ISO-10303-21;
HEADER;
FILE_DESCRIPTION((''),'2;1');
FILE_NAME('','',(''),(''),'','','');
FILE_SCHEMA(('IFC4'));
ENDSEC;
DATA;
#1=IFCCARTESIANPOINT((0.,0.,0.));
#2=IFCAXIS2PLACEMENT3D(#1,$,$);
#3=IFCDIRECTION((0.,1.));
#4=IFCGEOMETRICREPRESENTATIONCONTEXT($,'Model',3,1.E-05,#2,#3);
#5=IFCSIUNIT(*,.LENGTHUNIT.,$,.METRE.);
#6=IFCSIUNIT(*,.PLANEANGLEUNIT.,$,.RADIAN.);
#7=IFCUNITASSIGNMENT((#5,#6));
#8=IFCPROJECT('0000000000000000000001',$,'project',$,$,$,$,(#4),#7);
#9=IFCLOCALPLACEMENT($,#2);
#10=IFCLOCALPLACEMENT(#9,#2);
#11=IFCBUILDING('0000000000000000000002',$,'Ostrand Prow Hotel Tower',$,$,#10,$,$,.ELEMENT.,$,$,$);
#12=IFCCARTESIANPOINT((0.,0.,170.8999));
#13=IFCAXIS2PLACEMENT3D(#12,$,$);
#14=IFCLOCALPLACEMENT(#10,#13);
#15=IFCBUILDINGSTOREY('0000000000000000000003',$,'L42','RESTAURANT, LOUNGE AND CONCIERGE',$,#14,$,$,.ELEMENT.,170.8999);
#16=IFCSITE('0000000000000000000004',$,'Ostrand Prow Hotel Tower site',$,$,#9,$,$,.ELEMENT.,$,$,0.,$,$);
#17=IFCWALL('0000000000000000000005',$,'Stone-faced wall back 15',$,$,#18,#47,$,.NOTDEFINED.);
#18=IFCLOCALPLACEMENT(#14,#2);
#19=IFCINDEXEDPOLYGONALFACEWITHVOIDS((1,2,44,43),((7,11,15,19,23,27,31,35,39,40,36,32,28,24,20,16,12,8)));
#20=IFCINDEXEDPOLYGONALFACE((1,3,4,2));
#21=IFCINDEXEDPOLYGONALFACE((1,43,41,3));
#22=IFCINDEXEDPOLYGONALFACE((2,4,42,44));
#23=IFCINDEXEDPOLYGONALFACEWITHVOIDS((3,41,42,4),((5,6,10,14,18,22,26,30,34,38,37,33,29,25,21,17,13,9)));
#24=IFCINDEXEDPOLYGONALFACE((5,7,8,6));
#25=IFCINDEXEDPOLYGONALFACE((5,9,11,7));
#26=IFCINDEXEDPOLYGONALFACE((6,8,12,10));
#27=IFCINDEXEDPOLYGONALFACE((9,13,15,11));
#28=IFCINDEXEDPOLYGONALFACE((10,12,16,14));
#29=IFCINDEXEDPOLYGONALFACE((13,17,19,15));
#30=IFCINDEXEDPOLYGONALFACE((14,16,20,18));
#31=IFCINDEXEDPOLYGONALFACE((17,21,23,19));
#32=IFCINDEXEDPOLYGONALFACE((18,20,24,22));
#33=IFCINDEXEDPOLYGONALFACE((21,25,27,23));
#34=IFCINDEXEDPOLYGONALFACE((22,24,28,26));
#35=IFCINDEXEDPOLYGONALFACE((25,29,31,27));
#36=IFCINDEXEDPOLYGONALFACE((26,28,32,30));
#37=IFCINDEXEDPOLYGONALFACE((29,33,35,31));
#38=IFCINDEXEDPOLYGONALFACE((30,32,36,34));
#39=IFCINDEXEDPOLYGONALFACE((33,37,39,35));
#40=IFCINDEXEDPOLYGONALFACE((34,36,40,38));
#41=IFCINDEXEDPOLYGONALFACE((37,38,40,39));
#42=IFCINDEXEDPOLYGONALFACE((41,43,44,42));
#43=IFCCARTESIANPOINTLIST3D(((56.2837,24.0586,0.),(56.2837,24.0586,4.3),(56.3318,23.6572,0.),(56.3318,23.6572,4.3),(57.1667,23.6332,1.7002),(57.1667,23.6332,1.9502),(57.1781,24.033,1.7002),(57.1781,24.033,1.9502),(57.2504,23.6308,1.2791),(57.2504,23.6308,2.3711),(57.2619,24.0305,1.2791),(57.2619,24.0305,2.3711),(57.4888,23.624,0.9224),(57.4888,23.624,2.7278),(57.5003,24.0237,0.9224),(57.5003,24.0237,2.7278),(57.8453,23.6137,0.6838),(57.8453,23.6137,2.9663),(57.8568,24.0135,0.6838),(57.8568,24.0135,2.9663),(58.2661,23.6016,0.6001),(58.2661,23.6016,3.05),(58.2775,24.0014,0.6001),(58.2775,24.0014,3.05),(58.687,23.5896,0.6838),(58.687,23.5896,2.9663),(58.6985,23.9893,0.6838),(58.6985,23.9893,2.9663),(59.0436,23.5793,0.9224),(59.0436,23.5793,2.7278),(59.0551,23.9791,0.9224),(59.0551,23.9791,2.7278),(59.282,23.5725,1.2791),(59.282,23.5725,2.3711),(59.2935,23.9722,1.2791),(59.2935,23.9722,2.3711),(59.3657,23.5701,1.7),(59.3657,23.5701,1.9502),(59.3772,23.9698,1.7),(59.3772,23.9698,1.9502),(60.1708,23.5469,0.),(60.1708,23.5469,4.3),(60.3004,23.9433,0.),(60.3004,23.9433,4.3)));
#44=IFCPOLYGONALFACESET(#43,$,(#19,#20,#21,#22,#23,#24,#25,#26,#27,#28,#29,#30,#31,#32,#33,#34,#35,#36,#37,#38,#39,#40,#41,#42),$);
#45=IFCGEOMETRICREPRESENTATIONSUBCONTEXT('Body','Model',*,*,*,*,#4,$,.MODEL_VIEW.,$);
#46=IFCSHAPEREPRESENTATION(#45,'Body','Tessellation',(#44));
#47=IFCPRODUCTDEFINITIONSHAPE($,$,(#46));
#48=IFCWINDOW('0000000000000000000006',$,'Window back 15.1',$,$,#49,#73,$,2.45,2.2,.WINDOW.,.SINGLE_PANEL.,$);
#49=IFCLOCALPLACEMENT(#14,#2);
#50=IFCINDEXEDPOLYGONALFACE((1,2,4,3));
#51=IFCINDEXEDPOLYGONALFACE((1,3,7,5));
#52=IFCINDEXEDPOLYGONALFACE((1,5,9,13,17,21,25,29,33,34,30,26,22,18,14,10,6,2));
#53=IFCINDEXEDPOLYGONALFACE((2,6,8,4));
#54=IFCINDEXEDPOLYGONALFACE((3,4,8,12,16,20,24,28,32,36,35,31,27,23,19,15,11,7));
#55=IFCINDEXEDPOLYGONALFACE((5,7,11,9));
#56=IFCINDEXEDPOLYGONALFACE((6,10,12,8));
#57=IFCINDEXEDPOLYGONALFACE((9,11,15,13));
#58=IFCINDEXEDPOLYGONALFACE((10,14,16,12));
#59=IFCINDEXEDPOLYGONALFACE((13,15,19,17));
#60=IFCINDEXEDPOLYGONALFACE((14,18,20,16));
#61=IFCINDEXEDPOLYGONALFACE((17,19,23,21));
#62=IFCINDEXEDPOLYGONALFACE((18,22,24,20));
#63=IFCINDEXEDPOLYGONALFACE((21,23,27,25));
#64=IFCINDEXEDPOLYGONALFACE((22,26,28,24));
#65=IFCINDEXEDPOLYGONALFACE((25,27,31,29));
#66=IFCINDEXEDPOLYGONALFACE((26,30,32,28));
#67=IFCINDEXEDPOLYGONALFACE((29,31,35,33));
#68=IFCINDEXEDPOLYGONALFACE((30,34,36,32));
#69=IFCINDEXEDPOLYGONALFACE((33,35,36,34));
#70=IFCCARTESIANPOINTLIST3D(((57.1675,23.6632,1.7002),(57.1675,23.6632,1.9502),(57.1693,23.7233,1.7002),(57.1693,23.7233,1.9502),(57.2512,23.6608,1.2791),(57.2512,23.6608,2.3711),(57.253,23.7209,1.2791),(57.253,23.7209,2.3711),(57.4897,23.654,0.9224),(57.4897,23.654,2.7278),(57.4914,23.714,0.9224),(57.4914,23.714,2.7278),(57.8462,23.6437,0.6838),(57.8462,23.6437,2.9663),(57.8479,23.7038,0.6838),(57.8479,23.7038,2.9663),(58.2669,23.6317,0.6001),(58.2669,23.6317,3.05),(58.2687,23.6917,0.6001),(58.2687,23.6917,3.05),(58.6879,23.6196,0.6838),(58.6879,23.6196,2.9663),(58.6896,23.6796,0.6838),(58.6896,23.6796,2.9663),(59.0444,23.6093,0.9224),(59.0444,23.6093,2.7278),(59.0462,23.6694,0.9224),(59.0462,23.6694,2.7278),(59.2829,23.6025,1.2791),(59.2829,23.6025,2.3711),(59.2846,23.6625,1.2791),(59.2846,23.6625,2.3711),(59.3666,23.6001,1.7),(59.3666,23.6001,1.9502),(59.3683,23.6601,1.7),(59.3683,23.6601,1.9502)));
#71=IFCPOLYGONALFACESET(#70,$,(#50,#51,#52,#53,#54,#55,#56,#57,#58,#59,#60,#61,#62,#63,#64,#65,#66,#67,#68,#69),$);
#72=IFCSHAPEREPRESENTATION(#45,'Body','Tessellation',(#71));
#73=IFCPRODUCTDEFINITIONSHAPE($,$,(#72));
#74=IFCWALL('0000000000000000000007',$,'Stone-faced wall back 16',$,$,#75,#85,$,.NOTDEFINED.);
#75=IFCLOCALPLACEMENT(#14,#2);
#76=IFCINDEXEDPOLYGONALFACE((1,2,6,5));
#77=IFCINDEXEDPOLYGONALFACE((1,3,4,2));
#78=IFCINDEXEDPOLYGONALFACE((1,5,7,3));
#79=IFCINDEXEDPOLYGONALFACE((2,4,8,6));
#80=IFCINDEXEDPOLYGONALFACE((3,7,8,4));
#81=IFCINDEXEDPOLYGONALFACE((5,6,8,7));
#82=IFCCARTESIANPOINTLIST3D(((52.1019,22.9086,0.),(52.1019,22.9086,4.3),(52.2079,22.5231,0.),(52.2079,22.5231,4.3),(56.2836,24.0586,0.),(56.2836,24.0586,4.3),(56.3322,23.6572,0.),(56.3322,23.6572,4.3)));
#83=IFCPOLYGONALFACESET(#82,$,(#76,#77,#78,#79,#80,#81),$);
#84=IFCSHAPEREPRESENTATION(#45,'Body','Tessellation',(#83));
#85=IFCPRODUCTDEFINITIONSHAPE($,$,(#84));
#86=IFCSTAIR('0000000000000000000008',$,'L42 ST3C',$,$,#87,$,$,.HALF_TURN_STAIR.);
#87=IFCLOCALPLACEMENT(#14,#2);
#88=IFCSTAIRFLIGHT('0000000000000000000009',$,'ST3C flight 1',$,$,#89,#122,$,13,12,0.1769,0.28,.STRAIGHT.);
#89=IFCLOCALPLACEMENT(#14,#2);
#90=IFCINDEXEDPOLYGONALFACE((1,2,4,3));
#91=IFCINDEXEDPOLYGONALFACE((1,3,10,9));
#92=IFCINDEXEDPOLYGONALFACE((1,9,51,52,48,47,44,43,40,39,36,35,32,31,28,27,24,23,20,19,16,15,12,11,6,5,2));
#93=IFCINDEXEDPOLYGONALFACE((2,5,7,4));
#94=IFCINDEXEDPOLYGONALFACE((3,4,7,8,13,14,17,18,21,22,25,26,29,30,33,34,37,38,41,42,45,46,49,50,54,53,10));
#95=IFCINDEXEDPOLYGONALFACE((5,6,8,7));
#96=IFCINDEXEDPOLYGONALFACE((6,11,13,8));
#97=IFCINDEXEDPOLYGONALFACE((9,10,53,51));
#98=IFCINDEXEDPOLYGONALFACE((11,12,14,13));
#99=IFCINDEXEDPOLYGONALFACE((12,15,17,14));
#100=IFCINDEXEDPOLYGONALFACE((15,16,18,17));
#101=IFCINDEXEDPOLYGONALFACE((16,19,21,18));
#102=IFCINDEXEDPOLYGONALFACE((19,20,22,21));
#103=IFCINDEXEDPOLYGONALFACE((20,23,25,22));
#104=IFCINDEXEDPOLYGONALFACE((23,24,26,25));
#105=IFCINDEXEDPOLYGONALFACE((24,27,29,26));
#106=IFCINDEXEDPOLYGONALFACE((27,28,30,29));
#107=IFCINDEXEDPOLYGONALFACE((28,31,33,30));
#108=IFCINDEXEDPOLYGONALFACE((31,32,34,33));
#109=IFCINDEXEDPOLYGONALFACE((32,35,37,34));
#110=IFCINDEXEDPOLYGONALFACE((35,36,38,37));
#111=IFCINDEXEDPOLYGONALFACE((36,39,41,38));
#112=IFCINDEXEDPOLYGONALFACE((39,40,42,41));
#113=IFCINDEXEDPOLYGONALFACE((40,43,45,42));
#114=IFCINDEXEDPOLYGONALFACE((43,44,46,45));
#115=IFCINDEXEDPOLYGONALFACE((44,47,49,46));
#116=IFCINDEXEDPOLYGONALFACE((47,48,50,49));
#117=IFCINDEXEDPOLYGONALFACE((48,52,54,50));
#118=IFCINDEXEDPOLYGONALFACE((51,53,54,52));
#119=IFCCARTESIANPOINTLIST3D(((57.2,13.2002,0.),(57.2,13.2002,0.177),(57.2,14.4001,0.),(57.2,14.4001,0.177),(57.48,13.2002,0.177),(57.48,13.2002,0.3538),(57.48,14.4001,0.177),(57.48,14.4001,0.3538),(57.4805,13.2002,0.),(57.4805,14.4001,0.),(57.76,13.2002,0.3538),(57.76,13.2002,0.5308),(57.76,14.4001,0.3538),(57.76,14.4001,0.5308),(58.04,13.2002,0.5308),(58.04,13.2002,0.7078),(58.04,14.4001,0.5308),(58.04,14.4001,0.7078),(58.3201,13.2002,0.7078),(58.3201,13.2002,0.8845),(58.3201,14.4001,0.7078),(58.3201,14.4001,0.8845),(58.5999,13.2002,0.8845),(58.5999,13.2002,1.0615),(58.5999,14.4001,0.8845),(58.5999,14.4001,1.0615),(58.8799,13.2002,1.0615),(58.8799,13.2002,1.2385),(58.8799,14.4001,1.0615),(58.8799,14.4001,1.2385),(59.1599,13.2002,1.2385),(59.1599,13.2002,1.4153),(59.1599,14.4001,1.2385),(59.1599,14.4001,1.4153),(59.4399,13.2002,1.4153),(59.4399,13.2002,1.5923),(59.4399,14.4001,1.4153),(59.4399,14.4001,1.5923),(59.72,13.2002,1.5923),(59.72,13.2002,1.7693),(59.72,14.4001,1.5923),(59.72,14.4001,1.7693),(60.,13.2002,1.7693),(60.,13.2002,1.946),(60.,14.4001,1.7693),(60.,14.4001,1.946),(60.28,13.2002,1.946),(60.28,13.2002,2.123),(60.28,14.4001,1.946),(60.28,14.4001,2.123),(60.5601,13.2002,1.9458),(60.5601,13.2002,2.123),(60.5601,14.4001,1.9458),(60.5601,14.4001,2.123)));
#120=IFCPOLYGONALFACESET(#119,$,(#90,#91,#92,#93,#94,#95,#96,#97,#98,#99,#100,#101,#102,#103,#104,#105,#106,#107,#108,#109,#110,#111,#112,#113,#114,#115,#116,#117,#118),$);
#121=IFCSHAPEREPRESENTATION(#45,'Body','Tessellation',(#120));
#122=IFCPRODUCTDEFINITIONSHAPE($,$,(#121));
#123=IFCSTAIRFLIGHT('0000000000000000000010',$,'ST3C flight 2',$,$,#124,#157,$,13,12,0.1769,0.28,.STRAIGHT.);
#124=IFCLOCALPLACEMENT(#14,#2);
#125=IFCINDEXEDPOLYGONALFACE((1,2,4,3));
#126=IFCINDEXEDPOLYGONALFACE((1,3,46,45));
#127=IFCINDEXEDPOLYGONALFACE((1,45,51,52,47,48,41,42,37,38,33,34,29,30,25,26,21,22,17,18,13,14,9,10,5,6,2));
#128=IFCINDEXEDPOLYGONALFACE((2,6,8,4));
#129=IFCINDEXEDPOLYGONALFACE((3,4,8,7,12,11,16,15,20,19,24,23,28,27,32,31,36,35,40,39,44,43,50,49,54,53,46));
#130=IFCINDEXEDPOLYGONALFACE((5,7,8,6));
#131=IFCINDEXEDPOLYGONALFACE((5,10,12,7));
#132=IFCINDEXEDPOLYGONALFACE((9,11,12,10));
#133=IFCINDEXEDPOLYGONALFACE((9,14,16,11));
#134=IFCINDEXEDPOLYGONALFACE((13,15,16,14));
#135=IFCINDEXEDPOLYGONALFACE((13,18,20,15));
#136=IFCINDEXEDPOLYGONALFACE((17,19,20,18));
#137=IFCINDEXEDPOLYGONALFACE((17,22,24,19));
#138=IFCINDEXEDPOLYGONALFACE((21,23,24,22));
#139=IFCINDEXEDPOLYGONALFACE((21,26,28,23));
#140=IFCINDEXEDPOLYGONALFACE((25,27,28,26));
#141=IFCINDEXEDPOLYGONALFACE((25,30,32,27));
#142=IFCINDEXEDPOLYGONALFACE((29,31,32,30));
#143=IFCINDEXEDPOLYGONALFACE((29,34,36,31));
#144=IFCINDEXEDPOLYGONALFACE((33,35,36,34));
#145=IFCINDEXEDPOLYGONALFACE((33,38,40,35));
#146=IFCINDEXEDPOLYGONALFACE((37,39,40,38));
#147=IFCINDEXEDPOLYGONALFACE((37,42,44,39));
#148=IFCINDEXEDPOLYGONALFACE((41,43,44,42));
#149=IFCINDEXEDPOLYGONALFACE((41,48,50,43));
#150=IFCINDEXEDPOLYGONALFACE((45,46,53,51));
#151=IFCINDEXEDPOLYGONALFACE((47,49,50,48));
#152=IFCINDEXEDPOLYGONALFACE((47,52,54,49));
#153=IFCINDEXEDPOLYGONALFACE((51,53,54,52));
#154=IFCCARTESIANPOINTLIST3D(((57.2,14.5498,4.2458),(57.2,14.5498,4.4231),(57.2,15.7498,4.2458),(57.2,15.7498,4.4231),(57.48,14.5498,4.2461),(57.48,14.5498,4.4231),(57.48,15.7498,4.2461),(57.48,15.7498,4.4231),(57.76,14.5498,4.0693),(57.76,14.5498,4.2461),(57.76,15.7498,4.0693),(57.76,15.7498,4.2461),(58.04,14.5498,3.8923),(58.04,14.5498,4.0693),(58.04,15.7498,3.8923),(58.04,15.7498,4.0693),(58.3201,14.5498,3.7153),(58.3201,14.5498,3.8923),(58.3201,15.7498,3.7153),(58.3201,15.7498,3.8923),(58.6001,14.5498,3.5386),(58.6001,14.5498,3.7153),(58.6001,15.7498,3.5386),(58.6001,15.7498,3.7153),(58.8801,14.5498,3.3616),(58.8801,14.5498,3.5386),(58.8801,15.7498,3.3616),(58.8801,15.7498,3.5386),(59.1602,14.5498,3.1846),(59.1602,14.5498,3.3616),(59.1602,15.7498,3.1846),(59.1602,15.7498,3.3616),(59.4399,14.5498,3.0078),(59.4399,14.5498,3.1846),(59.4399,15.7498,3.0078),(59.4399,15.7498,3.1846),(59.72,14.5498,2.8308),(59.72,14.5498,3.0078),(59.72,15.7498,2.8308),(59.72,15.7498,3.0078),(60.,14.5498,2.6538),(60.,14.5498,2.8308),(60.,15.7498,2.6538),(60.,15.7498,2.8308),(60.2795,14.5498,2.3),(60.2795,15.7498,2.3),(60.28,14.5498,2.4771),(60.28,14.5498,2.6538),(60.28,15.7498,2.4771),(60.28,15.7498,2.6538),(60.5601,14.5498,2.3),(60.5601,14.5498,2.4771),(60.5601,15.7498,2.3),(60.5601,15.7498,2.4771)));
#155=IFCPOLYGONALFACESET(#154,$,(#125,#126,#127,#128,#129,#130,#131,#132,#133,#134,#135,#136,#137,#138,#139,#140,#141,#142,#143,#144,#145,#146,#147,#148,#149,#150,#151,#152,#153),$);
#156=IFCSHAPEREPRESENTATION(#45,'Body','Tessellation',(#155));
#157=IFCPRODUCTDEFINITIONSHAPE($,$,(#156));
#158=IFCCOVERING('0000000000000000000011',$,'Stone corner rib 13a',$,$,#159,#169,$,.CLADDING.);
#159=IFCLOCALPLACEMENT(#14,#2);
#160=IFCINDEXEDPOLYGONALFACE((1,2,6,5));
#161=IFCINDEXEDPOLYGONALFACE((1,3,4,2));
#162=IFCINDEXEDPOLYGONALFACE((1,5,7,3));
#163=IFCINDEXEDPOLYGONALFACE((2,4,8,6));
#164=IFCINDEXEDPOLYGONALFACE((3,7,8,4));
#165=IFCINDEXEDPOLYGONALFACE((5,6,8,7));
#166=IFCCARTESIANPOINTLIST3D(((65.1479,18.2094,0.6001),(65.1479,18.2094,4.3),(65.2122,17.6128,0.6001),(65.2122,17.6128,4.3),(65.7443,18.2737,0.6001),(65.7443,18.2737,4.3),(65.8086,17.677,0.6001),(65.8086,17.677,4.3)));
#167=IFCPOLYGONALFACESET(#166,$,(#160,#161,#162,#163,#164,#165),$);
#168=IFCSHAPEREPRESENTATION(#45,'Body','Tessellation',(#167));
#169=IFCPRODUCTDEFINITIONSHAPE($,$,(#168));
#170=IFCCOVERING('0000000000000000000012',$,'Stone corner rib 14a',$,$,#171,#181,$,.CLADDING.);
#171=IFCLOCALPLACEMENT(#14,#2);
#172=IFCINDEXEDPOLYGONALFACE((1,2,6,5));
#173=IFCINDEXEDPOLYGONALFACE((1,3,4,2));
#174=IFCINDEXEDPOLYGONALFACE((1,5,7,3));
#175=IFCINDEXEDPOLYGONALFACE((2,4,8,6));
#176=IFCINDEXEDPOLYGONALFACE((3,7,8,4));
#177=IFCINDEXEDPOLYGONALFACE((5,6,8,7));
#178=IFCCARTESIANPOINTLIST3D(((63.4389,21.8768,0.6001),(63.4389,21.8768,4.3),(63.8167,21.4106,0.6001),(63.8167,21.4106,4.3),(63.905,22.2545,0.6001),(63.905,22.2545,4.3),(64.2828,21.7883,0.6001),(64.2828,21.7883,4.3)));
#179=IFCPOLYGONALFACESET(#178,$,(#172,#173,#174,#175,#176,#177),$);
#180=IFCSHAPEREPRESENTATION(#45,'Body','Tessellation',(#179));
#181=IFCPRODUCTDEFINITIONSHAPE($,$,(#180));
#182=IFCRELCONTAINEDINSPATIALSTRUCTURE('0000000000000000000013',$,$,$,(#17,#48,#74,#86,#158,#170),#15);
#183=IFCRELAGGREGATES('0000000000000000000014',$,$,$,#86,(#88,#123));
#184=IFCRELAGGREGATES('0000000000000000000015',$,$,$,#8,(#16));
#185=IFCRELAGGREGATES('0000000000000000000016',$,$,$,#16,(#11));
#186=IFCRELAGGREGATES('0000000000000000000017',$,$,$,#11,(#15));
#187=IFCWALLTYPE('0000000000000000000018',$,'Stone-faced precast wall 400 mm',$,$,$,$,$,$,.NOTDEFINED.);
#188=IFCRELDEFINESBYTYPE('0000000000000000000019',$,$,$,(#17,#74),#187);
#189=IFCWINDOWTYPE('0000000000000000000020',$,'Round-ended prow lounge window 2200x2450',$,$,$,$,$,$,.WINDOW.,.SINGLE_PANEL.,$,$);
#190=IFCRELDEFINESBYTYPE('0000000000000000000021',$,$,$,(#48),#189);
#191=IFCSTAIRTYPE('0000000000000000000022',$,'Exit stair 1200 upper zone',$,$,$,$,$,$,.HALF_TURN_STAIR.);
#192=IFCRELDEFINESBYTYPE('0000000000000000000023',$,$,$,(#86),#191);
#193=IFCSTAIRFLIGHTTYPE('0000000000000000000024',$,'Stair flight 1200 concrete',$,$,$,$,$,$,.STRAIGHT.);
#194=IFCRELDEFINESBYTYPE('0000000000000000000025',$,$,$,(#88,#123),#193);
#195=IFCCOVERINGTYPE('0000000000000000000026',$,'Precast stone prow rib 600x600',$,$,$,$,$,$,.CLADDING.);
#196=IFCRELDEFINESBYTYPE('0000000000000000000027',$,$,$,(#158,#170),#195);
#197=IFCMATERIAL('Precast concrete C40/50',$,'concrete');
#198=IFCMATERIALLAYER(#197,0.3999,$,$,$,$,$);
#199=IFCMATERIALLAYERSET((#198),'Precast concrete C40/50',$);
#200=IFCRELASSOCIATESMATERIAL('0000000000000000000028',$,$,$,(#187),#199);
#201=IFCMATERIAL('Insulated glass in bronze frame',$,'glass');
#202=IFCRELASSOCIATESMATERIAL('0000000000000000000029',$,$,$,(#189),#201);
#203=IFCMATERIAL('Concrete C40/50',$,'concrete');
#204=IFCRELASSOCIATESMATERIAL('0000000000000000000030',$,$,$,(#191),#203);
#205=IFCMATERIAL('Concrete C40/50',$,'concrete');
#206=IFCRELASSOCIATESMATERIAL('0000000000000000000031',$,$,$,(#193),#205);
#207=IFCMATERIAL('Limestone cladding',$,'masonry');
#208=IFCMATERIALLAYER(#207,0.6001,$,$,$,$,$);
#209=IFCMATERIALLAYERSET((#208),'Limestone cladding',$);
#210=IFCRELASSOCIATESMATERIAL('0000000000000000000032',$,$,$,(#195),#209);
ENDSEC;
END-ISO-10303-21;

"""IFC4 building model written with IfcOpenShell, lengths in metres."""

from ifc_helpers import new_model, si_unit, direction, frame, frame_2d, origin, place, context, subcontext, project, spatial, polyline, rectangle, outline, extrude, material, layer, layer_set, type_object, element, fill, aggregate, save


model = new_model("IFC4")

# Units and contexts
model_context = context("Model", 3, precision=1e-05, world=origin(), true_north=direction((0.0, 1.0)))
body_context = subcontext(model_context, "Body", "Model", "MODEL_VIEW")
ifc_project = project(units=[si_unit("LENGTHUNIT", "METRE"), si_unit("PLANEANGLEUNIT", "RADIAN")], contexts=[model_context])

# Site, building, storey
site_placement = place(None, origin())
site = spatial("IfcSite", under=ifc_project, at=site_placement, Name="Ostrand Prow Hotel Tower site", CompositionType="ELEMENT", RefElevation=0.0)
building_placement = place(site_placement, origin())
building = spatial("IfcBuilding", under=site, at=building_placement, Name="Ostrand Prow Hotel Tower", CompositionType="ELEMENT")
storey_placement = place(building_placement, frame((0.0, 0.0, 170.8999)))
storey = spatial("IfcBuildingStorey", under=building, at=storey_placement, Name="L42", Description="RESTAURANT, LOUNGE AND CONCIERGE", CompositionType="ELEMENT", Elevation=170.8999)

# Wall, opening, window
ifc_material_1 = material(Name="Precast concrete C40/50", Category="concrete")
ifc_layer_1 = layer(ifc_material_1, 0.3999)
ifc_layer_set_1 = layer_set([ifc_layer_1], Name="Precast concrete C40/50")
wall_type_1 = type_object("IfcWallType", Name="Stone-faced precast wall 400 mm", PredefinedType="NOTDEFINED", material=ifc_layer_set_1)
ifc_material_2 = material(Name="Insulated glass in bronze frame", Category="glass")
window_type = type_object("IfcWindowType", Name="Round-ended prow lounge window 2200x2450", PartitioningType="SINGLE_PANEL", PredefinedType="WINDOW", material=ifc_material_2)
wall_1_placement = place(storey_placement, frame((60.2356, 23.7451, 0.0), z_axis=(0.0, 0.0, 1.0), x_axis=(-0.999588, 0.028705, 0.0)))
wall_1 = element("IfcWall", 1, at=wall_1_placement, inside=storey, type_object=wall_type_1, Name="Stone-faced wall back 15", PredefinedType="NOTDEFINED", context=body_context, shape_type="SweptSolid", body=[
    extrude(outline(polyline([(-0.0591, -0.2), (3.9592, -0.2), (3.8997, 0.2), (0.0591, 0.2), (-0.0591, -0.2)])), origin(), (0.0, 0.0, 1.0), 4.3),
])
opening_1_placement = place(wall_1_placement, frame((0.8645, 0.0, 0.6001)))
opening_1 = element("IfcOpeningElement", 2, at=opening_1_placement, cuts=wall_1, PredefinedType="OPENING", context=body_context, shape_type="SweptSolid", body=[
    extrude(outline(polyline([(0.0, 1.3501), (0.0837, 1.771), (0.3223, 2.1277), (0.679, 2.3662), (1.1001, 2.45), (1.521, 2.3662), (1.8777, 2.1277), (2.1162, 1.771), (2.2, 1.3501), (2.2, 1.1001), (2.1162, 0.679), (1.8777, 0.3223), (1.521, 0.0837), (1.1001, 0.0), (0.679, 0.0837), (0.3223, 0.3223), (0.0837, 0.679), (0.0, 1.0999), (0.0, 1.3501)])), frame((0.0, 0.21, 0.0), z_axis=(0.0, -1.0, 0.0), x_axis=(1.0, 0.0, 0.0)), (0.0, 0.0, 1.0), 0.4199),
])
window_1_placement = place(opening_1_placement, origin())
window_1 = element("IfcWindow", 3, at=window_1_placement, inside=storey, type_object=window_type, Name="Window back 15.1", OverallHeight=2.45, OverallWidth=2.2, PartitioningType="SINGLE_PANEL", PredefinedType="WINDOW", context=body_context, shape_type="SweptSolid", body=[
    extrude(outline(polyline([(0.0, 1.3501), (0.0837, 1.771), (0.3223, 2.1277), (0.679, 2.3662), (1.1001, 2.45), (1.521, 2.3662), (1.8777, 2.1277), (2.1162, 1.771), (2.2, 1.3501), (2.2, 1.1001), (2.1162, 0.679), (1.8777, 0.3223), (1.521, 0.0837), (1.1001, 0.0), (0.679, 0.0837), (0.3223, 0.3223), (0.0837, 0.679), (0.0, 1.0999), (0.0, 1.3501)])), frame((0.0, 0.1699, 0.0), z_axis=(0.0, -1.0, 0.0), x_axis=(1.0, 0.0, 0.0)), (0.0, 0.0, 1.0), 0.0601),
])
fill(opening_1, window_1)

# Wall
wall_2_placement = place(storey_placement, frame((56.3079, 23.8579, 0.0), z_axis=(0.0, 0.0, 1.0), x_axis=(-0.964206, -0.265155, 0.0)))
element("IfcWall", 4, at=wall_2_placement, inside=storey, type_object=wall_type_1, Name="Stone-faced wall back 16", PredefinedType="NOTDEFINED", context=body_context, shape_type="SweptSolid", body=[
    extrude(outline(polyline([(-0.0298, -0.2), (4.3071, -0.2), (4.3071, 0.2), (0.0298, 0.2), (-0.0298, -0.2)])), origin(), (0.0, 0.0, 1.0), 4.3),
])

# Stair, stair flights
ifc_material_3 = material(Name="Concrete C40/50", Category="concrete")
stair_type = type_object("IfcStairType", Name="Exit stair 1200 upper zone", PredefinedType="HALF_TURN_STAIR", material=ifc_material_3)
stair_placement = place(storey_placement, origin())
stair = element("IfcStair", 5, at=stair_placement, inside=storey, type_object=stair_type, Name="L42 ST3C", PredefinedType="HALF_TURN_STAIR")
ifc_material_4 = material(Name="Concrete C40/50", Category="concrete")
stair_flight_type = type_object("IfcStairFlightType", Name="Stair flight 1200 concrete", PredefinedType="STRAIGHT", material=ifc_material_4)
stair_flight_1_placement = place(storey_placement, frame((57.2, 13.8, 0.0), z_axis=(0.0, 0.0, 1.0), x_axis=(1.0, 0.0, 0.0)))
stair_flight_1 = element("IfcStairFlight", 6, at=stair_flight_1_placement, type_object=stair_flight_type, Name="ST3C flight 1", NumberOfRisers=13, NumberOfTreads=12, PredefinedType="STRAIGHT", RiserHeight=0.1769, TreadLength=0.28, context=body_context, shape_type="SweptSolid", body=[
    extrude(outline(polyline([(0.0, 0.0), (0.0, 0.177), (0.28, 0.177), (0.28, 0.3538), (0.5601, 0.3538), (0.5601, 0.5308), (0.8401, 0.5308), (0.8401, 0.7078), (1.1201, 0.7078), (1.1201, 0.8845), (1.3999, 0.8845), (1.3999, 1.0615), (1.6799, 1.0615), (1.6799, 1.2385), (1.96, 1.2385), (1.96, 1.4153), (2.24, 1.4153), (2.24, 1.5923), (2.52, 1.5923), (2.52, 1.7693), (2.8, 1.7693), (2.8, 1.946), (3.0801, 1.946), (3.0801, 2.123), (3.3601, 2.123), (3.3601, 2.3), (3.3601, 1.9458), (0.2805, 0.0), (0.0, 0.0)])), frame((0.0, 0.6001, 0.0), z_axis=(0.0, -1.0, 0.0), x_axis=(1.0, 0.0, 0.0)), (0.0, 0.0, 1.0), 1.2),
])
stair_flight_2_placement = place(storey_placement, frame((60.5601, 15.1499, 2.3), z_axis=(0.0, 0.0, 1.0), x_axis=(-1.0, 0.0, 0.0)))
stair_flight_2 = element("IfcStairFlight", 7, at=stair_flight_2_placement, type_object=stair_flight_type, Name="ST3C flight 2", NumberOfRisers=13, NumberOfTreads=12, PredefinedType="STRAIGHT", RiserHeight=0.1769, TreadLength=0.28, context=body_context, shape_type="SweptSolid", body=[
    extrude(outline(polyline([(0.0, 0.0), (0.0, 0.177), (0.28, 0.177), (0.28, 0.3538), (0.5601, 0.3538), (0.5601, 0.5308), (0.8401, 0.5308), (0.8401, 0.7078), (1.1201, 0.7078), (1.1201, 0.8845), (1.3999, 0.8845), (1.3999, 1.0615), (1.6799, 1.0615), (1.6799, 1.2385), (1.96, 1.2385), (1.96, 1.4153), (2.24, 1.4153), (2.24, 1.5923), (2.52, 1.5923), (2.52, 1.7693), (2.8, 1.7693), (2.8, 1.946), (3.0801, 1.946), (3.0801, 2.123), (3.3601, 2.123), (3.3601, 2.3), (3.3601, 1.9458), (0.2805, 0.0), (0.0, 0.0)])), frame((0.0, 0.6001, 0.0), z_axis=(0.0, -1.0, 0.0), x_axis=(1.0, 0.0, 0.0)), (0.0, 0.0, 1.0), 1.2),
])
aggregate(stair, [stair_flight_1, stair_flight_2])

# Coverings
ifc_material_5 = material(Name="Limestone cladding", Category="masonry")
ifc_layer_2 = layer(ifc_material_5, 0.6001)
ifc_layer_set_2 = layer_set([ifc_layer_2], Name="Limestone cladding")
covering_type = type_object("IfcCoveringType", Name="Precast stone prow rib 600x600", PredefinedType="CLADDING", material=ifc_layer_set_2)
for number, where, z_axis, x_axis, name in (
    (8, (65.1802, 17.9111, 0.6001), (0.0, 0.0, 1.0), (0.994255, 0.107036, 0.0), "Stone corner rib 13a"),
    (9, (63.6279, 21.6438, 0.6001), (0.0, 0.0, 1.0), (0.776923, 0.629596, 0.0), "Stone corner rib 14a"),
):
    element("IfcCovering", number, at=place(storey_placement, frame(where, z_axis=z_axis, x_axis=x_axis)), inside=storey, type_object=covering_type, Name=name, PredefinedType="CLADDING", context=body_context, shape_type="SweptSolid", body=[
        extrude(rectangle(XDim=0.5999, YDim=0.6001, at=frame_2d((0.2998, 0.0))), origin(), (0.0, 0.0, 1.0), 3.7),
    ])

save(model, "model.ifc")
